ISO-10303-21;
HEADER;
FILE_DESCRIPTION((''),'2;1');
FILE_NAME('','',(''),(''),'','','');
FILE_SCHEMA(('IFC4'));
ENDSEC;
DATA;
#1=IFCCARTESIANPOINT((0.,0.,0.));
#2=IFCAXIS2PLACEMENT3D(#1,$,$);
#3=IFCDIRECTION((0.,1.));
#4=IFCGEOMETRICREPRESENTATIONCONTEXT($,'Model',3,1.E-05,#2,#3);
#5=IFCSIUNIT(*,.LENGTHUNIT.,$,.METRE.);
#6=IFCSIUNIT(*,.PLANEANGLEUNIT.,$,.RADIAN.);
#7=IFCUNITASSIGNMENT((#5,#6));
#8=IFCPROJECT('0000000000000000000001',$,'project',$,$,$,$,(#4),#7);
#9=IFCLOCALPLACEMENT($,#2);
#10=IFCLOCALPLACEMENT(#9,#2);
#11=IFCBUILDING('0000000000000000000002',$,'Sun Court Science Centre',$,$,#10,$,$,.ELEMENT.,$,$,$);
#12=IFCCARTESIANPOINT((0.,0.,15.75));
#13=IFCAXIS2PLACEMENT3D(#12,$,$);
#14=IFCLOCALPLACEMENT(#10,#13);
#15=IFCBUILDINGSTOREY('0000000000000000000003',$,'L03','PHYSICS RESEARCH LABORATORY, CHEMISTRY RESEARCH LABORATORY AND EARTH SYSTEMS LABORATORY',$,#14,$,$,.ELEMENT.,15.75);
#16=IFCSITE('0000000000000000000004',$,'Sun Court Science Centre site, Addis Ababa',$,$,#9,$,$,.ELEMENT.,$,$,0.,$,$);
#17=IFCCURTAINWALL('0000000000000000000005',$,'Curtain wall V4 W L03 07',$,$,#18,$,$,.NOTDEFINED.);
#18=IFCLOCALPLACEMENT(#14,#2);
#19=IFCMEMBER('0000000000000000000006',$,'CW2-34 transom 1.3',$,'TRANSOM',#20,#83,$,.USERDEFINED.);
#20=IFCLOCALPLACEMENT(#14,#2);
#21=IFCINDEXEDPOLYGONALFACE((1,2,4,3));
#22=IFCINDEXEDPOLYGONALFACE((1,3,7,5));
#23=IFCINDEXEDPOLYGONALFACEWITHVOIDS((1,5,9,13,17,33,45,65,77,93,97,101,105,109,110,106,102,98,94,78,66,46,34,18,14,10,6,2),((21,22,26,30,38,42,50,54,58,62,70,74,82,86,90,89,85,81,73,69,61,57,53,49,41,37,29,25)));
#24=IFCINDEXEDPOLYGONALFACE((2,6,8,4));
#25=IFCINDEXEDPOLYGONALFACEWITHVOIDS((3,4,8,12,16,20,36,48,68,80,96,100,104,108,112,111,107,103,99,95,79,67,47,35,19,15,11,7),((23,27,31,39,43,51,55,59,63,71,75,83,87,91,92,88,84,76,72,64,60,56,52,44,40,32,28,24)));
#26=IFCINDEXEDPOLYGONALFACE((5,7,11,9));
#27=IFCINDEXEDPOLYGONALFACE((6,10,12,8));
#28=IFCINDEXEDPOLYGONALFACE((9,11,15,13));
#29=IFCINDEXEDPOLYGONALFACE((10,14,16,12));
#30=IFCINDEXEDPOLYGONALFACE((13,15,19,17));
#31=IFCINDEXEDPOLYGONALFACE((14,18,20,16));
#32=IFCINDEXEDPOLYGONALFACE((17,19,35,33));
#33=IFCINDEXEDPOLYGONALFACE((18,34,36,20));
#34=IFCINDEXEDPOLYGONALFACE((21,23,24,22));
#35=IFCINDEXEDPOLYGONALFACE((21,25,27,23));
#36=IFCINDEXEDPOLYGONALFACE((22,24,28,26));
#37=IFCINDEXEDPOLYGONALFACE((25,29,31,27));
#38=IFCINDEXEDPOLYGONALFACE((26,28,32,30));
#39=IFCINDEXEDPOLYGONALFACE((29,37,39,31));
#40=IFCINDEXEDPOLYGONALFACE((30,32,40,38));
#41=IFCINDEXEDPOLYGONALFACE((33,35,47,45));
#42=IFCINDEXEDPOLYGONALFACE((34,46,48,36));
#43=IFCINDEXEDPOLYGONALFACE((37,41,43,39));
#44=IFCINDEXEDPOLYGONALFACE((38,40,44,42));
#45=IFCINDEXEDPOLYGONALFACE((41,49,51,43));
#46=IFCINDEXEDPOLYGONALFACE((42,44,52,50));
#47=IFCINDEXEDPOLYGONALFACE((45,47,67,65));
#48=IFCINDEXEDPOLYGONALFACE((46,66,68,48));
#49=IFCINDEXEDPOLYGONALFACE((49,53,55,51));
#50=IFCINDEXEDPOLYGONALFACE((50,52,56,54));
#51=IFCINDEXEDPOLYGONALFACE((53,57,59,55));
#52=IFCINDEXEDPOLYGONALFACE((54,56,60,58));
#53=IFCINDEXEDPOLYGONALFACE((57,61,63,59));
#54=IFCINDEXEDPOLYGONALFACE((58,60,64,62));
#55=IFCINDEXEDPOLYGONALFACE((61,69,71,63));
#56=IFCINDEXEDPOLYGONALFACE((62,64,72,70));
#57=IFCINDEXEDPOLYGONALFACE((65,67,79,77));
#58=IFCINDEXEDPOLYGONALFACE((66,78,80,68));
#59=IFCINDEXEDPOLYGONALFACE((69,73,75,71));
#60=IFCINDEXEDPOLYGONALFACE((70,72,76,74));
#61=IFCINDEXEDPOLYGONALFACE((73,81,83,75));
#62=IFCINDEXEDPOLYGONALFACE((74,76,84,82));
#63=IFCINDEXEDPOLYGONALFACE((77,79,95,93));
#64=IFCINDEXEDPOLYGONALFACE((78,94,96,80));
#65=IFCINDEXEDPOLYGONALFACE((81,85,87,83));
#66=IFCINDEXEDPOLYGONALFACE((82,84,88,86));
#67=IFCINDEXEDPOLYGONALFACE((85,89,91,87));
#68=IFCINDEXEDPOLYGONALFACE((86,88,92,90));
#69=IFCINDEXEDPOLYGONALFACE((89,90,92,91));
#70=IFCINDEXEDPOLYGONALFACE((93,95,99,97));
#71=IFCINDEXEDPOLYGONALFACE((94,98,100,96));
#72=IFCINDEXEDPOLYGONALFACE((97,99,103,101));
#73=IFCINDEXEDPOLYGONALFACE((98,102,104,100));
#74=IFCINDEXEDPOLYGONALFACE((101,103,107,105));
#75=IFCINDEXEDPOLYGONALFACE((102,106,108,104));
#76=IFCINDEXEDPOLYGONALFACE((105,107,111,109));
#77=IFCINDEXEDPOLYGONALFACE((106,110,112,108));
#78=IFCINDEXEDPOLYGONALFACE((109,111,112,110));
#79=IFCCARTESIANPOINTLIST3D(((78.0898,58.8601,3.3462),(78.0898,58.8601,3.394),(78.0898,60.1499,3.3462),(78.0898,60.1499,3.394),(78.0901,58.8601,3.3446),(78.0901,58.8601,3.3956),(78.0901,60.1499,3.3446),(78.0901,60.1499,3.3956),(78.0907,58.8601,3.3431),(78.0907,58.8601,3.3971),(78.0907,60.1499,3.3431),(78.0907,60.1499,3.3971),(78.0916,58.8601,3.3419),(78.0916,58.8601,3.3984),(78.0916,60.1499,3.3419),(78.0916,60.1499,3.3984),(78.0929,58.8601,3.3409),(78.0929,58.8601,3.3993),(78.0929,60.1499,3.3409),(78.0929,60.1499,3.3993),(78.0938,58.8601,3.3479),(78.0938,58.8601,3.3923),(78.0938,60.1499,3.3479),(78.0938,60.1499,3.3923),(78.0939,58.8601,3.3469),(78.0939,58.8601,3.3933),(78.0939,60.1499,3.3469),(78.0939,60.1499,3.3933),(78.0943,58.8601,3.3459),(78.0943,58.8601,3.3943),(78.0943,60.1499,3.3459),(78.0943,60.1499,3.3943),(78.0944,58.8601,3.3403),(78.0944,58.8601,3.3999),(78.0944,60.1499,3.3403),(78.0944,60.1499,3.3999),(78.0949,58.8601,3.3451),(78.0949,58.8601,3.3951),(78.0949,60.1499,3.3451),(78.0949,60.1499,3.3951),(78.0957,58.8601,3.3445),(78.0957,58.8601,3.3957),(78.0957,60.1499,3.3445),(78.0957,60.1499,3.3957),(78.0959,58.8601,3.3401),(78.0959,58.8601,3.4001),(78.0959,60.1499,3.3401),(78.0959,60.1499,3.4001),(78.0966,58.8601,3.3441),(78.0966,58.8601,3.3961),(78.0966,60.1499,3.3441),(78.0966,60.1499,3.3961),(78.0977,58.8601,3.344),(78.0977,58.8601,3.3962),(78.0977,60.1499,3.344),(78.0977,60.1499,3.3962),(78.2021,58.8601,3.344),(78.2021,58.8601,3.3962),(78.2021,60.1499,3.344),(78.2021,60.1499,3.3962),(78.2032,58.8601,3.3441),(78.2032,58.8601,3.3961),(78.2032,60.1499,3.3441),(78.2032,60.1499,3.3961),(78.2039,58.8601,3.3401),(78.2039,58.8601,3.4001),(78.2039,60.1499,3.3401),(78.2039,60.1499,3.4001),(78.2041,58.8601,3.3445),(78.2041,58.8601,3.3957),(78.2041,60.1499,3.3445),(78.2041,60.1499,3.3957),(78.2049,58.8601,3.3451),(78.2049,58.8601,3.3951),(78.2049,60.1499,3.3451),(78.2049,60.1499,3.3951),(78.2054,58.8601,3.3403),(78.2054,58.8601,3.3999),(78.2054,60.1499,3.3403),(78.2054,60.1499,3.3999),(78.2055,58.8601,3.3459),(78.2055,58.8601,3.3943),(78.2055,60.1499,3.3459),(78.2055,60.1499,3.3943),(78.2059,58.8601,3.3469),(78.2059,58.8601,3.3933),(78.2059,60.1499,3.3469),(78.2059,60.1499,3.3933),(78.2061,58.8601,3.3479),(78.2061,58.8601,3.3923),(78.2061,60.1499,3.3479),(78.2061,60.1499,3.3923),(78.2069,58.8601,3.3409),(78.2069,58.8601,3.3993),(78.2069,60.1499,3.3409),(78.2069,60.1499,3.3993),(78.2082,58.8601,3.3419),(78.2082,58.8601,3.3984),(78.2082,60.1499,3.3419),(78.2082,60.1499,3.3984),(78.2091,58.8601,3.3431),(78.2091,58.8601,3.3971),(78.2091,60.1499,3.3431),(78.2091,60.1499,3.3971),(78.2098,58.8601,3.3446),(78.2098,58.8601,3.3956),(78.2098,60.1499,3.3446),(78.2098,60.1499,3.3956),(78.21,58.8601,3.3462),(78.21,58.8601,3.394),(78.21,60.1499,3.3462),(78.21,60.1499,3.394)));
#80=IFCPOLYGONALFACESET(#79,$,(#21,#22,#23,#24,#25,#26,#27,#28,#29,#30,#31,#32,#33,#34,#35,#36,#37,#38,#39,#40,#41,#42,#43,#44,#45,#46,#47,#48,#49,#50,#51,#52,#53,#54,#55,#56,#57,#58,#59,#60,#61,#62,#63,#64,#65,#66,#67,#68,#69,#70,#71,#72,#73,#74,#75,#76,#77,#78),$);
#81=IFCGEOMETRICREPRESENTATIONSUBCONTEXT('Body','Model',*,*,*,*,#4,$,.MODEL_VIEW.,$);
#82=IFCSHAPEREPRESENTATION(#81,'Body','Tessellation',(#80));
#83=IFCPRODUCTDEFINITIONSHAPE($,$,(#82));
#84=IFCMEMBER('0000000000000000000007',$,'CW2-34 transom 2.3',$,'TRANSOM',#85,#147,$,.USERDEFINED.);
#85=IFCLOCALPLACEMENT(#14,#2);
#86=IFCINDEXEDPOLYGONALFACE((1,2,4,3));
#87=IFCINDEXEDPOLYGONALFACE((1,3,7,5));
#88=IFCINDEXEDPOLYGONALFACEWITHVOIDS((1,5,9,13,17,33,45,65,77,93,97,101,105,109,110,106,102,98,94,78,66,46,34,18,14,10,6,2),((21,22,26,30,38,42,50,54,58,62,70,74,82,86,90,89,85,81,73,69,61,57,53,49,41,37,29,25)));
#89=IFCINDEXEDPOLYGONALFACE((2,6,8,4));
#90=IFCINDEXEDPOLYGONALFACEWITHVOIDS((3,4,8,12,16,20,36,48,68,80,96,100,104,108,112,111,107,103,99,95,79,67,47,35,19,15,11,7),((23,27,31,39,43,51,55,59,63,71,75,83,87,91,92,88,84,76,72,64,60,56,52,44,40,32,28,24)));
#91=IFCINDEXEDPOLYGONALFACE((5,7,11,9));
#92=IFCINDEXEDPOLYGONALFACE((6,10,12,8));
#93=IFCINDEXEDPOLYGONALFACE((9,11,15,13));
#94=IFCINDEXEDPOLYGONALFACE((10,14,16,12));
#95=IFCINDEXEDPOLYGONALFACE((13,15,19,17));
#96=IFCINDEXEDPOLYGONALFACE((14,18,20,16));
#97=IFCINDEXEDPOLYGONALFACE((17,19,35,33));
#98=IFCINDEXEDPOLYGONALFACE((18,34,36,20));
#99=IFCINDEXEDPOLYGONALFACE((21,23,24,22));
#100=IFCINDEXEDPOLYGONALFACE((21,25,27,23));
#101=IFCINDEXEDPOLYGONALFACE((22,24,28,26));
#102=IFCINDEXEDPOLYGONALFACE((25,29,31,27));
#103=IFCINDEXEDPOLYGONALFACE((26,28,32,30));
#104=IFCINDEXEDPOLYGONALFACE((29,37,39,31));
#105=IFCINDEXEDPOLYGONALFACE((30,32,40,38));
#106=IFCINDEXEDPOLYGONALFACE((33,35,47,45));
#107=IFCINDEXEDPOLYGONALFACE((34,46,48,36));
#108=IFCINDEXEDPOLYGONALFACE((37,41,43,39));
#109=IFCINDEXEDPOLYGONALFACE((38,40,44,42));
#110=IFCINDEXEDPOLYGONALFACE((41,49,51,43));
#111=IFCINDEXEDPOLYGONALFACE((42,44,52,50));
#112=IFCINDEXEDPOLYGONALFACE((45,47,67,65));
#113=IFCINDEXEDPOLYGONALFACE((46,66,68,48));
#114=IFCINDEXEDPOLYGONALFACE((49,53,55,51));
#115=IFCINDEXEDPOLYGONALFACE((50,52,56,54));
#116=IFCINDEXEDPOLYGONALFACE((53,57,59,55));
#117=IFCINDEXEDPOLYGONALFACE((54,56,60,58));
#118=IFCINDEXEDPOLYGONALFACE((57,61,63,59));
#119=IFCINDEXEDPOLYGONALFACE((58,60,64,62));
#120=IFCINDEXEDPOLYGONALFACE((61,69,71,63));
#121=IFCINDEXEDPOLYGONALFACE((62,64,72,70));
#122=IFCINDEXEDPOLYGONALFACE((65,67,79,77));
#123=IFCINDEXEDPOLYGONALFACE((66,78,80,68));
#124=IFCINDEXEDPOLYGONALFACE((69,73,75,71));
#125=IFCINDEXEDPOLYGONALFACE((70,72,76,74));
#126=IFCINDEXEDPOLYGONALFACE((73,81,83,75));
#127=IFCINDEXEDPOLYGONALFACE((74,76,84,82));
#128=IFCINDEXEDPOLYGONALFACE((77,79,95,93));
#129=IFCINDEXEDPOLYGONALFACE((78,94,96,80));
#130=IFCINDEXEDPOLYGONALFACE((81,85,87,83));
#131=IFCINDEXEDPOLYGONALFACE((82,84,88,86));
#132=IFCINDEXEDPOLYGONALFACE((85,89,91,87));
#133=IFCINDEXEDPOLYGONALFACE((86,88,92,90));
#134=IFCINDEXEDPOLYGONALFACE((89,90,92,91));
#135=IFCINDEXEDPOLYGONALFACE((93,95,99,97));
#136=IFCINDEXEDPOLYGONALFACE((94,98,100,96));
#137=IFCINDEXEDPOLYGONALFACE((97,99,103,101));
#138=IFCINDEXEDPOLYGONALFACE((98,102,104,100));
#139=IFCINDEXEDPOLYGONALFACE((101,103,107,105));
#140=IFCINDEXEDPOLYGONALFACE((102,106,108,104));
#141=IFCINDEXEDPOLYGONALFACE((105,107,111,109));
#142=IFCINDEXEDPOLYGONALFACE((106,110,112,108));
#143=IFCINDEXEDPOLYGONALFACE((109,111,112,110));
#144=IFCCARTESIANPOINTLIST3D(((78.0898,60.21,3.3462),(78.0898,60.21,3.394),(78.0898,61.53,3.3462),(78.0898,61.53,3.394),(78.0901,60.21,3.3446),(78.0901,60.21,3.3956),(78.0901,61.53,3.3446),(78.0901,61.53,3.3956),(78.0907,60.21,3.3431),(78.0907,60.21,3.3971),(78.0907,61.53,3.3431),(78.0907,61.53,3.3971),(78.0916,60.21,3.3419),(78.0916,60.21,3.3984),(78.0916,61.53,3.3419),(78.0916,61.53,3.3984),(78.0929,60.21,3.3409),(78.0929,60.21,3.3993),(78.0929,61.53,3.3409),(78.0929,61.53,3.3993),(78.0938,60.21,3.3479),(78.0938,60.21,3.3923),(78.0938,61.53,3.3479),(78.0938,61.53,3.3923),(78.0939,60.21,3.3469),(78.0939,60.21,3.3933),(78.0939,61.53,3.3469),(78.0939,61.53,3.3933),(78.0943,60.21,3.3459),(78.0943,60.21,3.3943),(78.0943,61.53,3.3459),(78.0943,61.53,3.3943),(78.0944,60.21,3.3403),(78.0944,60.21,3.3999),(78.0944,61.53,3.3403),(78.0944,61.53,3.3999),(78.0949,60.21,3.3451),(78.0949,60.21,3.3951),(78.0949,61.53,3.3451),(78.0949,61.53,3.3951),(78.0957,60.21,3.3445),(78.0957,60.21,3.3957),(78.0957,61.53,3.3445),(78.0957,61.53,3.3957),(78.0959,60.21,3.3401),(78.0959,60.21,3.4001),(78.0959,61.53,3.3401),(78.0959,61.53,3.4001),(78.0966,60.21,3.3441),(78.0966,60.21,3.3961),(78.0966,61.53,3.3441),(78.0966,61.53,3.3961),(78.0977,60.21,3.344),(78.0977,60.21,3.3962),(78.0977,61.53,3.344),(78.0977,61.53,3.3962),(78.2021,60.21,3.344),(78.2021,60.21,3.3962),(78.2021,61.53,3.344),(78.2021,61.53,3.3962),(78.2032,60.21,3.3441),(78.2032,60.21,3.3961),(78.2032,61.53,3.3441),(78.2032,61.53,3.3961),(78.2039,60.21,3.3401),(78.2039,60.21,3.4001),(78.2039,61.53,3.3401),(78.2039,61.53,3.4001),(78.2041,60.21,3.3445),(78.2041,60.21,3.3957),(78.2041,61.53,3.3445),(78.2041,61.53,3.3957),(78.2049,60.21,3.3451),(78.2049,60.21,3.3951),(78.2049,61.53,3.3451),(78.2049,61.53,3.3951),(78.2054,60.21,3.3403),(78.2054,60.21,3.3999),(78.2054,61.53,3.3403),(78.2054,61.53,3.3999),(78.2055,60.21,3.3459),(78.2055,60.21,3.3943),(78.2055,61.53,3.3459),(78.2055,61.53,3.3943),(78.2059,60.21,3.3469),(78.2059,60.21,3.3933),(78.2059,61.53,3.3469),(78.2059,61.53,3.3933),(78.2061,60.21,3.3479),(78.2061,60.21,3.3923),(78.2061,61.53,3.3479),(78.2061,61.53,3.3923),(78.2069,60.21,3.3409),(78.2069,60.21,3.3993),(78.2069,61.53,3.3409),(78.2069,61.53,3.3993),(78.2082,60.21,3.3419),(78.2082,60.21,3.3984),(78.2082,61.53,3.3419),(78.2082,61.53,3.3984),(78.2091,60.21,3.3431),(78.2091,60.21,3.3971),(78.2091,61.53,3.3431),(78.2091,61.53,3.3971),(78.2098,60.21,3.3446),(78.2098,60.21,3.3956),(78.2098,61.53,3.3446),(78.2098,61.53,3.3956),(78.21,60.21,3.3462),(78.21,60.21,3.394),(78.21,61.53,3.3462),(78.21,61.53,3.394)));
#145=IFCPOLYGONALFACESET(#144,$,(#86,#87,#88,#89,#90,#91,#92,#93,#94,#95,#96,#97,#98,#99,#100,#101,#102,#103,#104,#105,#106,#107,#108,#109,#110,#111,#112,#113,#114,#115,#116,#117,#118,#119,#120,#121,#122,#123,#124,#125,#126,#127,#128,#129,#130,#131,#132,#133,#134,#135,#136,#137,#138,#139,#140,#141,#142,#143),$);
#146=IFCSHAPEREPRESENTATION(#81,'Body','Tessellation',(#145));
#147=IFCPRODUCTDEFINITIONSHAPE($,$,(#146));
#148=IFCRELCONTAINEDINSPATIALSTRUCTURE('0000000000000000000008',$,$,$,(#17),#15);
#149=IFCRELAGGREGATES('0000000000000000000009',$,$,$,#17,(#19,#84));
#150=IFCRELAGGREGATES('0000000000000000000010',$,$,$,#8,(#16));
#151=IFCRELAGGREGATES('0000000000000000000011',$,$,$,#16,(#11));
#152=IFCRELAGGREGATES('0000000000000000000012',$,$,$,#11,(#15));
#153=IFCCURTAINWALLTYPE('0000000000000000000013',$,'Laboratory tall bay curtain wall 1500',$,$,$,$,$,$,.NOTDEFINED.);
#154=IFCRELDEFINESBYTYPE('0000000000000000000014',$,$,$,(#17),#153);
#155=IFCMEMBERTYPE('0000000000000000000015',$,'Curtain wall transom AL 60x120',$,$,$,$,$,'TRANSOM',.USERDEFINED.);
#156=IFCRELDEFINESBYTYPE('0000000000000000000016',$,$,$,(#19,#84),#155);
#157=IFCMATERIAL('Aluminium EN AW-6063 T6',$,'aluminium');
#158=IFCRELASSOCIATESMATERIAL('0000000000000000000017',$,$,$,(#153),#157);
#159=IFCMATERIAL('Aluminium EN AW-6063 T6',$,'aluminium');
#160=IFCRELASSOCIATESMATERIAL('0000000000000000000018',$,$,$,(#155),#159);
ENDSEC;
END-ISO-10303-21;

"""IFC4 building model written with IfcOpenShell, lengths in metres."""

from ifc_helpers import new_model, si_unit, direction, frame, origin, origin_2d, place, context, subcontext, project, spatial, hollow_rectangle, extrude, material, material_profile, profile_set, type_object, element, aggregate, save


model = new_model("IFC4")

# Units and contexts
model_context = context("Model", 3, precision=1e-05, world=origin(), true_north=direction((0.0, 1.0)))
body_context = subcontext(model_context, "Body", "Model", "MODEL_VIEW")
ifc_project = project(units=[si_unit("LENGTHUNIT", "METRE"), si_unit("PLANEANGLEUNIT", "RADIAN")], contexts=[model_context])

# Site, building, storey
site_placement = place(None, origin())
site = spatial("IfcSite", under=ifc_project, at=site_placement, Name="Sun Court Science Centre site, Addis Ababa", CompositionType="ELEMENT", RefElevation=0.0)
building_placement = place(site_placement, origin())
building = spatial("IfcBuilding", under=site, at=building_placement, Name="Sun Court Science Centre", CompositionType="ELEMENT")
storey_placement = place(building_placement, frame((0.0, 0.0, 15.75)))
storey = spatial("IfcBuildingStorey", under=building, at=storey_placement, Name="L03", Description="PHYSICS RESEARCH LABORATORY, CHEMISTRY RESEARCH LABORATORY AND EARTH SYSTEMS LABORATORY", CompositionType="ELEMENT", Elevation=15.75)

# Curtain wall
ifc_material_1 = material(Name="Aluminium EN AW-6063 T6", Category="aluminium")
curtain_wall_type = type_object("IfcCurtainWallType", Name="Laboratory tall bay curtain wall 1500", PredefinedType="NOTDEFINED", material=ifc_material_1)
curtain_wall_1_placement = place(storey_placement, origin())
curtain_wall_1 = element("IfcCurtainWall", 1, at=curtain_wall_1_placement, inside=storey, type_object=curtain_wall_type, Name="Curtain wall V4 W L03 07", PredefinedType="NOTDEFINED")

# Members
ifc_material_2 = material(Name="Aluminium EN AW-6063 T6", Category="aluminium")
ifc_material_profile_1 = material_profile(ifc_material_2, hollow_rectangle(XDim=0.0601, YDim=0.1201, WallThickness=0.0039, InnerFilletRadius=0.0039, OuterFilletRadius=0.0061, at=origin_2d()), Name="AL 60x120x4")
ifc_profile_set_1 = profile_set([ifc_material_profile_1], Name="Aluminium EN AW-6063 T6")
member_type_1 = type_object("IfcMemberType", Name="Curtain wall transom AL 60x120", ElementType="TRANSOM", PredefinedType="USERDEFINED", material=ifc_profile_set_1)
member_1_placement = place(storey_placement, frame((78.1499, 58.8601, 3.3701), z_axis=(0.0, 1.0, 0.0), x_axis=(0.0, 0.0, 1.0)))
member_1 = element("IfcMember", 2, at=member_1_placement, type_object=member_type_1, Name="CW2-34 transom 1.3", ObjectType="TRANSOM", PredefinedType="USERDEFINED", context=body_context, shape_type="SweptSolid", body=[
    extrude(hollow_rectangle(XDim=0.0601, YDim=0.1201, WallThickness=0.0039, InnerFilletRadius=0.0039, OuterFilletRadius=0.0061, at=origin_2d()), origin(), (0.0, 0.0, 1.0), 1.2898),
])
member_2_placement = place(storey_placement, frame((78.1499, 60.21, 3.3701), z_axis=(0.0, 1.0, 0.0), x_axis=(0.0, 0.0, 1.0)))
member_2 = element("IfcMember", 3, at=member_2_placement, type_object=member_type_1, Name="CW2-34 transom 2.3", ObjectType="TRANSOM", PredefinedType="USERDEFINED", context=body_context, shape_type="SweptSolid", body=[
    extrude(hollow_rectangle(XDim=0.0601, YDim=0.1201, WallThickness=0.0039, InnerFilletRadius=0.0039, OuterFilletRadius=0.0061, at=origin_2d()), origin(), (0.0, 0.0, 1.0), 1.3201),
])

aggregate(curtain_wall_1, [member_1, member_2])

save(model, "model.ifc")
